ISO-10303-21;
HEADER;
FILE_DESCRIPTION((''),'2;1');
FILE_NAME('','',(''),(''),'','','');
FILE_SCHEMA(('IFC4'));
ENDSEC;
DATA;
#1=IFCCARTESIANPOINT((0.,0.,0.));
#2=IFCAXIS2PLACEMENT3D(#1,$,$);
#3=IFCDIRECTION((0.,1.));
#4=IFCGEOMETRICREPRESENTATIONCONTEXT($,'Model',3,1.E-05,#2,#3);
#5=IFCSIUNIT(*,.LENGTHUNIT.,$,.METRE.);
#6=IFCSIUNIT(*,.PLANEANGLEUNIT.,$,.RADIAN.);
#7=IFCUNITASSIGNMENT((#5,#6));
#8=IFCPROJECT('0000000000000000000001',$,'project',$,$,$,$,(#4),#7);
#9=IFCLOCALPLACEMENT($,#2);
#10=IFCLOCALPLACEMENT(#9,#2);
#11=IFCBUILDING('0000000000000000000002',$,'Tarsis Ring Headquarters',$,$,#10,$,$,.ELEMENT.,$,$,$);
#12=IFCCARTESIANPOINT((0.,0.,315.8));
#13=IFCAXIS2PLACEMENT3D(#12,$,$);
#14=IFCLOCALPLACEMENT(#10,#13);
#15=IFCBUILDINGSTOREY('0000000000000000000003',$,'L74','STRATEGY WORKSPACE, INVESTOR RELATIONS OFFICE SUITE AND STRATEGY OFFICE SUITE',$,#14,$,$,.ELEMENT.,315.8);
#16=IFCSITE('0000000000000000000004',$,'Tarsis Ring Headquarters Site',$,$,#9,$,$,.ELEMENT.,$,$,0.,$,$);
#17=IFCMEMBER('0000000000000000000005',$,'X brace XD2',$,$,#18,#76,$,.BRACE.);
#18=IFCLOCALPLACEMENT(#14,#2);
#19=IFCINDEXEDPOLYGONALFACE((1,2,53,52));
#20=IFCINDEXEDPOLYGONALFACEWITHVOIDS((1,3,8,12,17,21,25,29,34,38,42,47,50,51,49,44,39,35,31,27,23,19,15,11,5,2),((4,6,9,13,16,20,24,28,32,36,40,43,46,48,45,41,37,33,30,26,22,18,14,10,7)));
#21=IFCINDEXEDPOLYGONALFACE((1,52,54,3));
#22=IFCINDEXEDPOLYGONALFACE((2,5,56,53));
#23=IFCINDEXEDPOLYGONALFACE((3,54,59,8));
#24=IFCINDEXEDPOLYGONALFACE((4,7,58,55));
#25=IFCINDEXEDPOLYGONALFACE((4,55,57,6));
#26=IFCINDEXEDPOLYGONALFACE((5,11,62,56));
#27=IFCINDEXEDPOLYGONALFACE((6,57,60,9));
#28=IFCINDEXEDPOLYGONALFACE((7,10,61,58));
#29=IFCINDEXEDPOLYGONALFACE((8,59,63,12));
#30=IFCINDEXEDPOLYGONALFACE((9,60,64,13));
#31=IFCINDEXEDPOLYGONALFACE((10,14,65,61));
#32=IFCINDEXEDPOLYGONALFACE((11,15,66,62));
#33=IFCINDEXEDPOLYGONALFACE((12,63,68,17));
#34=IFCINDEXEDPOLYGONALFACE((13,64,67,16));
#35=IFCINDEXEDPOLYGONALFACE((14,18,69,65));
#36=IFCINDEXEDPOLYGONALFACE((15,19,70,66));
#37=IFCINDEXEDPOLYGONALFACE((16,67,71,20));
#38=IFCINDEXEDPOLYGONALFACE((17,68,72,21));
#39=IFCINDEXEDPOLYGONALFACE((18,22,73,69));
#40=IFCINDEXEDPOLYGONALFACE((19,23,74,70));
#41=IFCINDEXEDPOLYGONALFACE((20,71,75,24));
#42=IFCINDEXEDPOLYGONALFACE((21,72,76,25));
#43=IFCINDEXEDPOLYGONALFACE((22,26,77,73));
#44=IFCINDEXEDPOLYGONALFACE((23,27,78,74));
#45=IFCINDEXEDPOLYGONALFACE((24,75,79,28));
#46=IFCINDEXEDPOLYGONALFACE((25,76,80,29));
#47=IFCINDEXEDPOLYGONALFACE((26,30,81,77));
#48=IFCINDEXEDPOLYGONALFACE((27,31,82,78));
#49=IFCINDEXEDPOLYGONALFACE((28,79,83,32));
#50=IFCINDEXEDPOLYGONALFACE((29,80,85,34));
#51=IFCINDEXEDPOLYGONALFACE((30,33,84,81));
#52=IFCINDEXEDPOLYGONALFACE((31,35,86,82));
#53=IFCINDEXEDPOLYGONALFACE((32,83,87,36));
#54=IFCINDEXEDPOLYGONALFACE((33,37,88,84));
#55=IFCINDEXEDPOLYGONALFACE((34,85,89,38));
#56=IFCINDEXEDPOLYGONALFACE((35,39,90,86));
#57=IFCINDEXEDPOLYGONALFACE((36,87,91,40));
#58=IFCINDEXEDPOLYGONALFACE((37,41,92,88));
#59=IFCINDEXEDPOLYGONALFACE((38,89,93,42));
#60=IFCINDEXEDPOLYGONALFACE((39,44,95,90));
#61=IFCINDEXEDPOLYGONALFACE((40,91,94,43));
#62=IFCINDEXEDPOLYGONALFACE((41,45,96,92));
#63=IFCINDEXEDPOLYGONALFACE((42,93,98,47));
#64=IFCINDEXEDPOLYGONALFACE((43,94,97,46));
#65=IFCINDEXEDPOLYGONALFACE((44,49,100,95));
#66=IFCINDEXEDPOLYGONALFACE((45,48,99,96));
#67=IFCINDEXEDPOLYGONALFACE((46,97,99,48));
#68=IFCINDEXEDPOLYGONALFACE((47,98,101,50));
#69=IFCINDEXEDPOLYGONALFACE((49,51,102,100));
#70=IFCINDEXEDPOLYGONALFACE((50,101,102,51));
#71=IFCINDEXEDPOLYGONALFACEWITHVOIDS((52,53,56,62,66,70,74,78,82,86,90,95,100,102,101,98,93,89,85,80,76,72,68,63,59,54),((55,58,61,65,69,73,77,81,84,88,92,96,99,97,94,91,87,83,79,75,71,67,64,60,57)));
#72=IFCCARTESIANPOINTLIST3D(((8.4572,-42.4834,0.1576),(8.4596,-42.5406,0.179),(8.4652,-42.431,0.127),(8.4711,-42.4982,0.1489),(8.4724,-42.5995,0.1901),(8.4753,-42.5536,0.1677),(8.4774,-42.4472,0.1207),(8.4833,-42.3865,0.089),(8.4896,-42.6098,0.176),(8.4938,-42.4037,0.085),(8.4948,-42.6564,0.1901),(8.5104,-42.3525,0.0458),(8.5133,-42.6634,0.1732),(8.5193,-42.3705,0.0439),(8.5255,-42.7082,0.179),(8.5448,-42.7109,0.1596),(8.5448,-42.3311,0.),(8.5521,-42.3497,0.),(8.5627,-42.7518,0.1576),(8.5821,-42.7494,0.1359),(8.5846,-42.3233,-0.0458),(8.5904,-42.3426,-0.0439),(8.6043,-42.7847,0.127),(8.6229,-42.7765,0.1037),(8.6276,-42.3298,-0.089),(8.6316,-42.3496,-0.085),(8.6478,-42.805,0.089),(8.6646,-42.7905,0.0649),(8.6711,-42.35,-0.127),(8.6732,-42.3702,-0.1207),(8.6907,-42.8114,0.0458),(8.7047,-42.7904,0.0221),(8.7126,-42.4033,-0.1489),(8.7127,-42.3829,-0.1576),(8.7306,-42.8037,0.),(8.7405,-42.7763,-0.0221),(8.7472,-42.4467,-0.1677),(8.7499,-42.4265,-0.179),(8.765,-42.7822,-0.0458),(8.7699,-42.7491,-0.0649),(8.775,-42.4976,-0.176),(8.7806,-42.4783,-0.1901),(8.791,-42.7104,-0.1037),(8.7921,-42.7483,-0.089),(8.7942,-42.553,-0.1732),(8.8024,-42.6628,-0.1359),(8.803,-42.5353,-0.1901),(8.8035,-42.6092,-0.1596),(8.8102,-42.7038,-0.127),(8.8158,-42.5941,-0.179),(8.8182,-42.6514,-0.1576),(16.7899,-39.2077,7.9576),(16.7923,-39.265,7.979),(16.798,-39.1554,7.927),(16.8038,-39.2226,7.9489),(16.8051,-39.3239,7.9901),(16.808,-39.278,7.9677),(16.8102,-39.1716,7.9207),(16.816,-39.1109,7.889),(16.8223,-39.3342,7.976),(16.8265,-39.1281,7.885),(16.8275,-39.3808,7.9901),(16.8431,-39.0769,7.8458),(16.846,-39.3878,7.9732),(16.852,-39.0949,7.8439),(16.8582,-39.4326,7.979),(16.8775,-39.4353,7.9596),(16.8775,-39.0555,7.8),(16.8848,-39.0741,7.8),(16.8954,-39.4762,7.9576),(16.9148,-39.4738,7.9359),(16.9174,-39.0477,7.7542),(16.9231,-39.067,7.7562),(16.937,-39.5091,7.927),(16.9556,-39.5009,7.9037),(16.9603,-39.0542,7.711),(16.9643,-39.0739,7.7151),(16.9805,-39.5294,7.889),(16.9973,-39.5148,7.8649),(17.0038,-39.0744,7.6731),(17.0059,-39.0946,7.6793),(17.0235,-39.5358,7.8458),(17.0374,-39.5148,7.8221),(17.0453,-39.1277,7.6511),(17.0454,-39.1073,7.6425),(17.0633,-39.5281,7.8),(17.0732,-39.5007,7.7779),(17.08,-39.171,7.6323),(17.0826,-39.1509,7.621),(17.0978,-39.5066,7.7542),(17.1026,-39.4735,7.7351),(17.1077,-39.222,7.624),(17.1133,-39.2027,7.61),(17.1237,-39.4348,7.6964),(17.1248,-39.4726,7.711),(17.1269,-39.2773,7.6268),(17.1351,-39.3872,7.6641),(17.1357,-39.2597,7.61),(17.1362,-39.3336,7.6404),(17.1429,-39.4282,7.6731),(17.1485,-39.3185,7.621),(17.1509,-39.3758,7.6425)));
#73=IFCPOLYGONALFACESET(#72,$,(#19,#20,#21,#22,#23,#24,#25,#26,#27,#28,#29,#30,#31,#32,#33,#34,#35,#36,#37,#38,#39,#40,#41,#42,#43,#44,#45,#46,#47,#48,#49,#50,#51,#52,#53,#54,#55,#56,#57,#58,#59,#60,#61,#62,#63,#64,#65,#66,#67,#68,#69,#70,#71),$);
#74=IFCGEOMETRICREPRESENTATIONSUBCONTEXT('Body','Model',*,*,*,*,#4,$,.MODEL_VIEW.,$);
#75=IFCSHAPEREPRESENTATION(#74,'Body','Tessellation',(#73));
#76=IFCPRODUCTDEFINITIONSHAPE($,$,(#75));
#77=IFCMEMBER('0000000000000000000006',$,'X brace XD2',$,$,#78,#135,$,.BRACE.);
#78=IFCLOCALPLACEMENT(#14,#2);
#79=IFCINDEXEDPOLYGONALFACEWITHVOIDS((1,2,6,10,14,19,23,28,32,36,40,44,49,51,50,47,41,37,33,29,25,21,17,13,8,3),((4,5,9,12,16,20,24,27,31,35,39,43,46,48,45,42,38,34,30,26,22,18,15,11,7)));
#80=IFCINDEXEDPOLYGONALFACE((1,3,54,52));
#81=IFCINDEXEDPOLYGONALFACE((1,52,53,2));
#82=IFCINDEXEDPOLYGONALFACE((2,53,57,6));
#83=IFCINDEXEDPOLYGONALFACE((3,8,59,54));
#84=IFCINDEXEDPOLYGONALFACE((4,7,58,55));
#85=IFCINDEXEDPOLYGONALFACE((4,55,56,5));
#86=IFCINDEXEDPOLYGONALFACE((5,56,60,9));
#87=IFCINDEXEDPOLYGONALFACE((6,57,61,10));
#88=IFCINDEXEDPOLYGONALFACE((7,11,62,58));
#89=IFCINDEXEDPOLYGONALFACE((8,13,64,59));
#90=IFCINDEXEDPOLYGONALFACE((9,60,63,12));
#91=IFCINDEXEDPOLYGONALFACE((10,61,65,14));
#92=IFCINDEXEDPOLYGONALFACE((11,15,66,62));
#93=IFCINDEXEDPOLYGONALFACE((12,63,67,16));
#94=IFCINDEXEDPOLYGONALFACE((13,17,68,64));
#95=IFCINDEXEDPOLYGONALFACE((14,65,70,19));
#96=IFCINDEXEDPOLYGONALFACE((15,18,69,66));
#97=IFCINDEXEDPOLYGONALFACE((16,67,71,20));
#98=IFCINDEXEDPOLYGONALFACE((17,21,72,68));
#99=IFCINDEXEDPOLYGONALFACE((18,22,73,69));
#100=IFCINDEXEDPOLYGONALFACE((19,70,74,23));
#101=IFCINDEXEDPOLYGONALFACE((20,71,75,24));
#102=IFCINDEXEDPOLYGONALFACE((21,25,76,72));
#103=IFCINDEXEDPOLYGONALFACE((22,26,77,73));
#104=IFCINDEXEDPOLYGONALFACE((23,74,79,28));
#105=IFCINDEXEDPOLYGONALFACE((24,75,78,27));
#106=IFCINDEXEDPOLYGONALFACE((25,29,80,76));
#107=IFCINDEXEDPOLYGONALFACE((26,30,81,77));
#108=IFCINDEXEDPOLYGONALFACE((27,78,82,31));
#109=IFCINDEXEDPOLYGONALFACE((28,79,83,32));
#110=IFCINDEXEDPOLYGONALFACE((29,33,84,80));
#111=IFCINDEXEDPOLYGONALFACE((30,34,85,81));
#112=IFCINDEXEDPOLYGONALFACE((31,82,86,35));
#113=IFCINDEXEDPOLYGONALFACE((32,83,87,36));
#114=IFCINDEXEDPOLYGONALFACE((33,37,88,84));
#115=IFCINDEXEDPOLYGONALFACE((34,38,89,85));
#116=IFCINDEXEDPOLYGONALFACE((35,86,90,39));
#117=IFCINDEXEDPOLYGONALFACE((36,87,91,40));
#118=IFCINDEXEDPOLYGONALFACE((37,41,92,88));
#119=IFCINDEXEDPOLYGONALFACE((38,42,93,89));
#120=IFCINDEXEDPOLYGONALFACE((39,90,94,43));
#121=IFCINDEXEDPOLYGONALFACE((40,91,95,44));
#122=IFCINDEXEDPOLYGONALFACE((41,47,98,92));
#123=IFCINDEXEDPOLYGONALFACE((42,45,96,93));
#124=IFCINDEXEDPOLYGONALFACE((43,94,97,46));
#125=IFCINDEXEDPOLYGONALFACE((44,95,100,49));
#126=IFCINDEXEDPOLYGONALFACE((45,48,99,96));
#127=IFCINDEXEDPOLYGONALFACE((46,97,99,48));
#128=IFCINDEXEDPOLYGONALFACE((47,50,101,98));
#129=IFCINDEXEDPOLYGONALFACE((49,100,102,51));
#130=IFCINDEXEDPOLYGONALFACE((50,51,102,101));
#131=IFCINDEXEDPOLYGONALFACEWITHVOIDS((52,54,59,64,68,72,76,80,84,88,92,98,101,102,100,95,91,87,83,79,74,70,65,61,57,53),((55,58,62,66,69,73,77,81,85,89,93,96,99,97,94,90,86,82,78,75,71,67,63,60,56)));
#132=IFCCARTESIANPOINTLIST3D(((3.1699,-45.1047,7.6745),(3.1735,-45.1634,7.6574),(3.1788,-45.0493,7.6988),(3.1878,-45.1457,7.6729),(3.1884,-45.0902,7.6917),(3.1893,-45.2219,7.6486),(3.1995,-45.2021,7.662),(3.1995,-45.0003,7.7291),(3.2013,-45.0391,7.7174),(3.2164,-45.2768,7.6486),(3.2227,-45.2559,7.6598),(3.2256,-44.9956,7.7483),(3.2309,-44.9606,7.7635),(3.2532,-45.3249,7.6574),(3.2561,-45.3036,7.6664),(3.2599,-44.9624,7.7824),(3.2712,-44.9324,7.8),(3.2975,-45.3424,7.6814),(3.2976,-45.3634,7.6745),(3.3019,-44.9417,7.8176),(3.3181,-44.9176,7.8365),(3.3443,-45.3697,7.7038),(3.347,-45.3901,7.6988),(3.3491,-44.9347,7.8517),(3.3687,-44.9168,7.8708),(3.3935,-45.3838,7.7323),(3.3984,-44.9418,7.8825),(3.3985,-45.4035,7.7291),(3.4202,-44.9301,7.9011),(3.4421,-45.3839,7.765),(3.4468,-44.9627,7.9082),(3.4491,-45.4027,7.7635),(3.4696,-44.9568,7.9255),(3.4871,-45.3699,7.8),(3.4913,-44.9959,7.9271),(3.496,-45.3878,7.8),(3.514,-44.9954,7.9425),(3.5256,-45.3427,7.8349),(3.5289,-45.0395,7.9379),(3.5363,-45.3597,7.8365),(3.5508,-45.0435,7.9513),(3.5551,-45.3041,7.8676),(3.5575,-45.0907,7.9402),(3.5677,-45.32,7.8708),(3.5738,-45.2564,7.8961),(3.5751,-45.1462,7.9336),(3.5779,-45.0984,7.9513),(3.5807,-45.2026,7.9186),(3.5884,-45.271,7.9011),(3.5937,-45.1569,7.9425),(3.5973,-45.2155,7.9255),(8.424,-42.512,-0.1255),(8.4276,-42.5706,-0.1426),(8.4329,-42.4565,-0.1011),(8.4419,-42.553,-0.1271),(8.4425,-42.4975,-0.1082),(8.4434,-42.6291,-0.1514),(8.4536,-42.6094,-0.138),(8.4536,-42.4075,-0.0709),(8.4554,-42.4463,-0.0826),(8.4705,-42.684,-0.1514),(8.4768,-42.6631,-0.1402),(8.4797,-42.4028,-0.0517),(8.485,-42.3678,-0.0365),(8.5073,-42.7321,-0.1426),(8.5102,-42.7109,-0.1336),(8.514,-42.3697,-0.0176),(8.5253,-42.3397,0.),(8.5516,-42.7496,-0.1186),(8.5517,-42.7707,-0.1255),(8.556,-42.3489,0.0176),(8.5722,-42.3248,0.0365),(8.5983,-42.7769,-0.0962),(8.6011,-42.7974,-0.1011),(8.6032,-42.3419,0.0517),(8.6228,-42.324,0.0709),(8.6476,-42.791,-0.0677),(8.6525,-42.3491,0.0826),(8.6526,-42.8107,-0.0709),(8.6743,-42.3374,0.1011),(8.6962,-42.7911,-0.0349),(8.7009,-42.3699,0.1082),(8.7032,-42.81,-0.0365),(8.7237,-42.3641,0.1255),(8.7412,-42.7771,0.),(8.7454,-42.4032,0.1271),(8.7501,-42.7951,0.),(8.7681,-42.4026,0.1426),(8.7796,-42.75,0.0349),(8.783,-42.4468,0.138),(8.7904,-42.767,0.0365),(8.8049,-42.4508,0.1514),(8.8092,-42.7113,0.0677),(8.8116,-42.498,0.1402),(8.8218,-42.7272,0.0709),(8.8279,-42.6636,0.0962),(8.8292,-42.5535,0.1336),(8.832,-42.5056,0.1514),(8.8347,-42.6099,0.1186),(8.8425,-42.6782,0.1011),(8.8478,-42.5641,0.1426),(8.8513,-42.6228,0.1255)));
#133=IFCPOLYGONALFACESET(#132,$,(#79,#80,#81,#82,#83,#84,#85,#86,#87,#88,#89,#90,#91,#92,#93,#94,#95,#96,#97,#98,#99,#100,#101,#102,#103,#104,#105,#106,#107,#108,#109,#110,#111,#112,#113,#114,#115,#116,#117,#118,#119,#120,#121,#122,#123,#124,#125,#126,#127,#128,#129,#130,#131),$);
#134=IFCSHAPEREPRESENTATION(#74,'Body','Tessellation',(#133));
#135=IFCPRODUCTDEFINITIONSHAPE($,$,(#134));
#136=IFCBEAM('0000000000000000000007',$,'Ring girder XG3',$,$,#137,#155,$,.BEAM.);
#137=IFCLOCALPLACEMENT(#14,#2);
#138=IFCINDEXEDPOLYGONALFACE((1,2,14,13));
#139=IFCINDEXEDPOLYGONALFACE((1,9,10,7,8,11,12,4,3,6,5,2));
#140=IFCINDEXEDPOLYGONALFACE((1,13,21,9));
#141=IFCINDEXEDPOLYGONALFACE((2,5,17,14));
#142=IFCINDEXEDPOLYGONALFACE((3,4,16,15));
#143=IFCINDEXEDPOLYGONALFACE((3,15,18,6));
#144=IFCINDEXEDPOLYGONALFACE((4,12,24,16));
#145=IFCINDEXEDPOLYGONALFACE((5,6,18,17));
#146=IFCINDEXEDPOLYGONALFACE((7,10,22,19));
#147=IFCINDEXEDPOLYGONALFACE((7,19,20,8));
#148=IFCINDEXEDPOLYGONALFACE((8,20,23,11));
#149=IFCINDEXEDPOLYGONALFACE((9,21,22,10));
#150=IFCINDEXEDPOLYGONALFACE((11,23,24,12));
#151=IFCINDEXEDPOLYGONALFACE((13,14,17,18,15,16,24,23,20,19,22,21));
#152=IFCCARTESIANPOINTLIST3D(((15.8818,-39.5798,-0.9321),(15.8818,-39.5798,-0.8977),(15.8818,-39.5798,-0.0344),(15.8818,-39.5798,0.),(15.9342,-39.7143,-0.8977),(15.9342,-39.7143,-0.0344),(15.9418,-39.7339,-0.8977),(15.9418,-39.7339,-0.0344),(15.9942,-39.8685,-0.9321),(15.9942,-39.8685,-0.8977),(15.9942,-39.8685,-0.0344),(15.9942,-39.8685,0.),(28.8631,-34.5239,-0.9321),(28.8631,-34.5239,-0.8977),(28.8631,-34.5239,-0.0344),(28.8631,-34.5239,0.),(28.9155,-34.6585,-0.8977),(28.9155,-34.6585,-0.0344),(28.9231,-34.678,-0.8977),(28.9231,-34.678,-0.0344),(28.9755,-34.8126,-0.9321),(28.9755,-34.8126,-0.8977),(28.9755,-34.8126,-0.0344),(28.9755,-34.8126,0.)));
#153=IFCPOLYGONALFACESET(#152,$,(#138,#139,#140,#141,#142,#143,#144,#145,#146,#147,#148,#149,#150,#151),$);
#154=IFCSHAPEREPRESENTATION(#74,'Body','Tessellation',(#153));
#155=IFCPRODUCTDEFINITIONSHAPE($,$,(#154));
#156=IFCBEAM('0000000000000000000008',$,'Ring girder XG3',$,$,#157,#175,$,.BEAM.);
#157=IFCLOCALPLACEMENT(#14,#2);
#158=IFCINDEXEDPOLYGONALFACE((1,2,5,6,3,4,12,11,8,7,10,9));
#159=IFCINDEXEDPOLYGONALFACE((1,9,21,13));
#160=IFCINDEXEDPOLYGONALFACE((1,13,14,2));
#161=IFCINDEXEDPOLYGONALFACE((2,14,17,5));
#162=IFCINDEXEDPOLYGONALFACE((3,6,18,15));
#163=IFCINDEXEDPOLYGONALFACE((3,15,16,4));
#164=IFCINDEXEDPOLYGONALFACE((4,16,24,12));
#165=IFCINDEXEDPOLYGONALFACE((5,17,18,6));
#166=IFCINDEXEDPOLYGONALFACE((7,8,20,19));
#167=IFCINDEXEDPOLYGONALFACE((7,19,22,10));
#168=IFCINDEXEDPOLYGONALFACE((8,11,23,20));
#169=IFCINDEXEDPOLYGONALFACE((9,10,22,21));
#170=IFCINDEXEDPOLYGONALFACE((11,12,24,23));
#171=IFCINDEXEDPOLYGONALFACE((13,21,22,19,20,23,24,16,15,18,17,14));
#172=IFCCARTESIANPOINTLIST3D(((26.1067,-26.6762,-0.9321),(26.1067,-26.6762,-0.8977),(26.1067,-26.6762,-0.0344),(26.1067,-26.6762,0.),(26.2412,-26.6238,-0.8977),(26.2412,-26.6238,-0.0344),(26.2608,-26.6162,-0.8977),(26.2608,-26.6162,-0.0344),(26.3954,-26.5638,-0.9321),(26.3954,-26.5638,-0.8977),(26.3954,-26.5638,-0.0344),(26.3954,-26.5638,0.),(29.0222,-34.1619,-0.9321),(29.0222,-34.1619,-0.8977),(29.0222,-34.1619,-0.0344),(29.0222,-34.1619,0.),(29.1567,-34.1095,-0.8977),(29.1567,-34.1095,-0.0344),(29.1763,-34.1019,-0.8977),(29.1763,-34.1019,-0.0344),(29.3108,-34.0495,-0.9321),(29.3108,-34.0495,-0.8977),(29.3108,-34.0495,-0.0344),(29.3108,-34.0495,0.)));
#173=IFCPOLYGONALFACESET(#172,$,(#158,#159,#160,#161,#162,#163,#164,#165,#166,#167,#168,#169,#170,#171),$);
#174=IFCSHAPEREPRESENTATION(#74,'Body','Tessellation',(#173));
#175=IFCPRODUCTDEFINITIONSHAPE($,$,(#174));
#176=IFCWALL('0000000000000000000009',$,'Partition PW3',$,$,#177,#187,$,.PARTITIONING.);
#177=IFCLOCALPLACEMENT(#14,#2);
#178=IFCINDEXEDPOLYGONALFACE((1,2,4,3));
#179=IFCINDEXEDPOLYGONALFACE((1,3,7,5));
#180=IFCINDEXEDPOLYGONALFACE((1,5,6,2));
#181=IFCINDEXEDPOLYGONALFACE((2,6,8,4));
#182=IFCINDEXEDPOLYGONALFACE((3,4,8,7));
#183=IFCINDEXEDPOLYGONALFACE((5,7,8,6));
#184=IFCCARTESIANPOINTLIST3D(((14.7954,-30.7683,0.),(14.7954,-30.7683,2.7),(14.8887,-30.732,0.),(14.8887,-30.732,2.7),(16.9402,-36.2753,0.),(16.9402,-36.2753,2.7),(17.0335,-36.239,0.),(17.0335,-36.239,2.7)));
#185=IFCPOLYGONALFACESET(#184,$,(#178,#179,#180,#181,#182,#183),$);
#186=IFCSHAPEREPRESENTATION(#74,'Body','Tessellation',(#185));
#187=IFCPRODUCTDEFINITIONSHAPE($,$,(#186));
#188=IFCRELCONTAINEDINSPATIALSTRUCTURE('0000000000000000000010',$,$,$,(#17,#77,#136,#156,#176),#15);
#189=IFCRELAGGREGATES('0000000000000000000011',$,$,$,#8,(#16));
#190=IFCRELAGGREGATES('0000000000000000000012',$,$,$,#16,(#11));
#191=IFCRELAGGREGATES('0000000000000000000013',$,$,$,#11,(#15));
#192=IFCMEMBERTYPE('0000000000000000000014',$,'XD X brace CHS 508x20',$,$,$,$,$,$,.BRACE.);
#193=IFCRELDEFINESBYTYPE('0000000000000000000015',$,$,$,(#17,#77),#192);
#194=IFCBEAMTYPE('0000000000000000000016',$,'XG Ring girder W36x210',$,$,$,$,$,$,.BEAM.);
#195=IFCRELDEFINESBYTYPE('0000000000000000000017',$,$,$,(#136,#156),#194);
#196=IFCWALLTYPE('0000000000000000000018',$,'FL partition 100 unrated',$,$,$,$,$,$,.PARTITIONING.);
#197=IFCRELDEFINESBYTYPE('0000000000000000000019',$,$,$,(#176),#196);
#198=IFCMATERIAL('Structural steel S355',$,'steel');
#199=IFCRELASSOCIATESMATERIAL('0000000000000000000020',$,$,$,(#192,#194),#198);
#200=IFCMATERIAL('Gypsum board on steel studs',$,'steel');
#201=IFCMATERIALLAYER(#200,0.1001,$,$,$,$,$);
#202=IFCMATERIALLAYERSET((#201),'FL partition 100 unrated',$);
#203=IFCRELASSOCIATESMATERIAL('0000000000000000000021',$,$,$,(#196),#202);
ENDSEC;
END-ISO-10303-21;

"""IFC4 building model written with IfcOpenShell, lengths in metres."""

from ifc_helpers import new_model, si_unit, direction, frame, frame_2d, origin, origin_2d, place, context, subcontext, project, spatial, rectangle, hollow_circle, i_section, extrude, material, layer, layer_set, material_profile, profile_set, type_object, element, save


model = new_model("IFC4")

# Units and contexts
model_context = context("Model", 3, precision=1e-05, world=origin(), true_north=direction((0.0, 1.0)))
body_context = subcontext(model_context, "Body", "Model", "MODEL_VIEW")
ifc_project = project(units=[si_unit("LENGTHUNIT", "METRE"), si_unit("PLANEANGLEUNIT", "RADIAN")], contexts=[model_context])

# Site, building, storey
site_placement = place(None, origin())
site = spatial("IfcSite", under=ifc_project, at=site_placement, Name="Tarsis Ring Headquarters Site", CompositionType="ELEMENT", RefElevation=0.0)
building_placement = place(site_placement, origin())
building = spatial("IfcBuilding", under=site, at=building_placement, Name="Tarsis Ring Headquarters", CompositionType="ELEMENT")
storey_placement = place(building_placement, frame((0.0, 0.0, 315.8)))
storey = spatial("IfcBuildingStorey", under=building, at=storey_placement, Name="L74", Description="STRATEGY WORKSPACE, INVESTOR RELATIONS OFFICE SUITE AND STRATEGY OFFICE SUITE", CompositionType="ELEMENT", Elevation=315.8)

# Shared definitions
ifc_material_1 = material(Name="Structural steel S355", Category="steel")

# Members
ifc_material_profile_1 = material_profile(ifc_material_1, hollow_circle(Radius=0.2539, WallThickness=0.02, at=origin_2d()), Name="CHS 508x20")
ifc_profile_set_1 = profile_set([ifc_material_profile_1], Name="Structural steel S355")
member_type = type_object("IfcMemberType", Name="XD X brace CHS 508x20", PredefinedType="BRACE", material=ifc_profile_set_1)
member_1_placement = place(storey_placement, frame((8.6377, -42.5674, 0.0), z_axis=(0.701732, 0.275853, 0.65687), x_axis=(-0.365851, 0.930674, 0.0)))
element("IfcMember", 1, at=member_1_placement, inside=storey, type_object=member_type, Name="X brace XD2", PredefinedType="BRACE", context=body_context, shape_type="SweptSolid", body=[
    extrude(hollow_circle(Radius=0.2539, WallThickness=0.02, at=origin_2d()), origin(), (0.0, 0.0, 1.0), 11.8745),
])
member_2_placement = place(storey_placement, frame((8.6377, -42.5674, 0.0), z_axis=(-0.538585, -0.265776, 0.799556), x_axis=(0.442524, -0.896757, 0.0)))
element("IfcMember", 2, at=member_2_placement, inside=storey, type_object=member_type, Name="X brace XD2", PredefinedType="BRACE", context=body_context, shape_type="SweptSolid", body=[
    extrude(hollow_circle(Radius=0.2539, WallThickness=0.02, at=origin_2d()), origin(), (0.0, 0.0, 1.0), 9.7554),
])

# Beams
ifc_material_profile_2 = material_profile(ifc_material_1, i_section(OverallWidth=0.3098, OverallDepth=0.9321, WebThickness=0.021, FlangeThickness=0.0344, at=origin_2d()), Name="W36x210")
ifc_profile_set_2 = profile_set([ifc_material_profile_2], Name="Structural steel S355")
beam_type = type_object("IfcBeamType", Name="XG Ring girder W36x210", PredefinedType="BEAM", material=ifc_profile_set_2)
beam_1_placement = place(storey_placement, frame((15.938, -39.7241, -0.4661), z_axis=(0.931821, 0.362918, 0.0), x_axis=(-0.362918, 0.931821, 0.0)))
element("IfcBeam", 3, at=beam_1_placement, inside=storey, type_object=beam_type, Name="Ring girder XG3", PredefinedType="BEAM", context=body_context, shape_type="SweptSolid", body=[
    extrude(i_section(OverallWidth=0.3098, OverallDepth=0.9321, WebThickness=0.021, FlangeThickness=0.0344, at=origin_2d()), origin(), (0.0, 0.0, 1.0), 13.9312),
])
beam_2_placement = place(storey_placement, frame((29.1665, -34.1057, -0.4661), z_axis=(-0.362918, 0.931821, 0.0), x_axis=(-0.931821, -0.362918, 0.0)))
element("IfcBeam", 4, at=beam_2_placement, inside=storey, type_object=beam_type, Name="Ring girder XG3", PredefinedType="BEAM", context=body_context, shape_type="SweptSolid", body=[
    extrude(i_section(OverallWidth=0.3098, OverallDepth=0.9321, WebThickness=0.021, FlangeThickness=0.0344, at=origin_2d()), origin(), (0.0, 0.0, 1.0), 8.0334),
])

# Wall
ifc_material_2 = material(Name="Gypsum board on steel studs", Category="steel")
ifc_layer_1 = layer(ifc_material_2, 0.1001)
ifc_layer_set_1 = layer_set([ifc_layer_1], Name="FL partition 100 unrated")
wall_type_1 = type_object("IfcWallType", Name="FL partition 100 unrated", PredefinedType="PARTITIONING", material=ifc_layer_set_1)
wall_1_placement = place(storey_placement, frame((14.842, -30.75, 0.0), z_axis=(0.0, 0.0, 1.0), x_axis=(0.362907, -0.931825, 0.0)))
element("IfcWall", 5, at=wall_1_placement, inside=storey, type_object=wall_type_1, Name="Partition PW3", PredefinedType="PARTITIONING", context=body_context, shape_type="SweptSolid", body=[
    extrude(rectangle(XDim=5.9099, YDim=0.1001, at=frame_2d((2.9551, 0.0))), origin(), (0.0, 0.0, 1.0), 2.7),
])

save(model, "model.ifc")
